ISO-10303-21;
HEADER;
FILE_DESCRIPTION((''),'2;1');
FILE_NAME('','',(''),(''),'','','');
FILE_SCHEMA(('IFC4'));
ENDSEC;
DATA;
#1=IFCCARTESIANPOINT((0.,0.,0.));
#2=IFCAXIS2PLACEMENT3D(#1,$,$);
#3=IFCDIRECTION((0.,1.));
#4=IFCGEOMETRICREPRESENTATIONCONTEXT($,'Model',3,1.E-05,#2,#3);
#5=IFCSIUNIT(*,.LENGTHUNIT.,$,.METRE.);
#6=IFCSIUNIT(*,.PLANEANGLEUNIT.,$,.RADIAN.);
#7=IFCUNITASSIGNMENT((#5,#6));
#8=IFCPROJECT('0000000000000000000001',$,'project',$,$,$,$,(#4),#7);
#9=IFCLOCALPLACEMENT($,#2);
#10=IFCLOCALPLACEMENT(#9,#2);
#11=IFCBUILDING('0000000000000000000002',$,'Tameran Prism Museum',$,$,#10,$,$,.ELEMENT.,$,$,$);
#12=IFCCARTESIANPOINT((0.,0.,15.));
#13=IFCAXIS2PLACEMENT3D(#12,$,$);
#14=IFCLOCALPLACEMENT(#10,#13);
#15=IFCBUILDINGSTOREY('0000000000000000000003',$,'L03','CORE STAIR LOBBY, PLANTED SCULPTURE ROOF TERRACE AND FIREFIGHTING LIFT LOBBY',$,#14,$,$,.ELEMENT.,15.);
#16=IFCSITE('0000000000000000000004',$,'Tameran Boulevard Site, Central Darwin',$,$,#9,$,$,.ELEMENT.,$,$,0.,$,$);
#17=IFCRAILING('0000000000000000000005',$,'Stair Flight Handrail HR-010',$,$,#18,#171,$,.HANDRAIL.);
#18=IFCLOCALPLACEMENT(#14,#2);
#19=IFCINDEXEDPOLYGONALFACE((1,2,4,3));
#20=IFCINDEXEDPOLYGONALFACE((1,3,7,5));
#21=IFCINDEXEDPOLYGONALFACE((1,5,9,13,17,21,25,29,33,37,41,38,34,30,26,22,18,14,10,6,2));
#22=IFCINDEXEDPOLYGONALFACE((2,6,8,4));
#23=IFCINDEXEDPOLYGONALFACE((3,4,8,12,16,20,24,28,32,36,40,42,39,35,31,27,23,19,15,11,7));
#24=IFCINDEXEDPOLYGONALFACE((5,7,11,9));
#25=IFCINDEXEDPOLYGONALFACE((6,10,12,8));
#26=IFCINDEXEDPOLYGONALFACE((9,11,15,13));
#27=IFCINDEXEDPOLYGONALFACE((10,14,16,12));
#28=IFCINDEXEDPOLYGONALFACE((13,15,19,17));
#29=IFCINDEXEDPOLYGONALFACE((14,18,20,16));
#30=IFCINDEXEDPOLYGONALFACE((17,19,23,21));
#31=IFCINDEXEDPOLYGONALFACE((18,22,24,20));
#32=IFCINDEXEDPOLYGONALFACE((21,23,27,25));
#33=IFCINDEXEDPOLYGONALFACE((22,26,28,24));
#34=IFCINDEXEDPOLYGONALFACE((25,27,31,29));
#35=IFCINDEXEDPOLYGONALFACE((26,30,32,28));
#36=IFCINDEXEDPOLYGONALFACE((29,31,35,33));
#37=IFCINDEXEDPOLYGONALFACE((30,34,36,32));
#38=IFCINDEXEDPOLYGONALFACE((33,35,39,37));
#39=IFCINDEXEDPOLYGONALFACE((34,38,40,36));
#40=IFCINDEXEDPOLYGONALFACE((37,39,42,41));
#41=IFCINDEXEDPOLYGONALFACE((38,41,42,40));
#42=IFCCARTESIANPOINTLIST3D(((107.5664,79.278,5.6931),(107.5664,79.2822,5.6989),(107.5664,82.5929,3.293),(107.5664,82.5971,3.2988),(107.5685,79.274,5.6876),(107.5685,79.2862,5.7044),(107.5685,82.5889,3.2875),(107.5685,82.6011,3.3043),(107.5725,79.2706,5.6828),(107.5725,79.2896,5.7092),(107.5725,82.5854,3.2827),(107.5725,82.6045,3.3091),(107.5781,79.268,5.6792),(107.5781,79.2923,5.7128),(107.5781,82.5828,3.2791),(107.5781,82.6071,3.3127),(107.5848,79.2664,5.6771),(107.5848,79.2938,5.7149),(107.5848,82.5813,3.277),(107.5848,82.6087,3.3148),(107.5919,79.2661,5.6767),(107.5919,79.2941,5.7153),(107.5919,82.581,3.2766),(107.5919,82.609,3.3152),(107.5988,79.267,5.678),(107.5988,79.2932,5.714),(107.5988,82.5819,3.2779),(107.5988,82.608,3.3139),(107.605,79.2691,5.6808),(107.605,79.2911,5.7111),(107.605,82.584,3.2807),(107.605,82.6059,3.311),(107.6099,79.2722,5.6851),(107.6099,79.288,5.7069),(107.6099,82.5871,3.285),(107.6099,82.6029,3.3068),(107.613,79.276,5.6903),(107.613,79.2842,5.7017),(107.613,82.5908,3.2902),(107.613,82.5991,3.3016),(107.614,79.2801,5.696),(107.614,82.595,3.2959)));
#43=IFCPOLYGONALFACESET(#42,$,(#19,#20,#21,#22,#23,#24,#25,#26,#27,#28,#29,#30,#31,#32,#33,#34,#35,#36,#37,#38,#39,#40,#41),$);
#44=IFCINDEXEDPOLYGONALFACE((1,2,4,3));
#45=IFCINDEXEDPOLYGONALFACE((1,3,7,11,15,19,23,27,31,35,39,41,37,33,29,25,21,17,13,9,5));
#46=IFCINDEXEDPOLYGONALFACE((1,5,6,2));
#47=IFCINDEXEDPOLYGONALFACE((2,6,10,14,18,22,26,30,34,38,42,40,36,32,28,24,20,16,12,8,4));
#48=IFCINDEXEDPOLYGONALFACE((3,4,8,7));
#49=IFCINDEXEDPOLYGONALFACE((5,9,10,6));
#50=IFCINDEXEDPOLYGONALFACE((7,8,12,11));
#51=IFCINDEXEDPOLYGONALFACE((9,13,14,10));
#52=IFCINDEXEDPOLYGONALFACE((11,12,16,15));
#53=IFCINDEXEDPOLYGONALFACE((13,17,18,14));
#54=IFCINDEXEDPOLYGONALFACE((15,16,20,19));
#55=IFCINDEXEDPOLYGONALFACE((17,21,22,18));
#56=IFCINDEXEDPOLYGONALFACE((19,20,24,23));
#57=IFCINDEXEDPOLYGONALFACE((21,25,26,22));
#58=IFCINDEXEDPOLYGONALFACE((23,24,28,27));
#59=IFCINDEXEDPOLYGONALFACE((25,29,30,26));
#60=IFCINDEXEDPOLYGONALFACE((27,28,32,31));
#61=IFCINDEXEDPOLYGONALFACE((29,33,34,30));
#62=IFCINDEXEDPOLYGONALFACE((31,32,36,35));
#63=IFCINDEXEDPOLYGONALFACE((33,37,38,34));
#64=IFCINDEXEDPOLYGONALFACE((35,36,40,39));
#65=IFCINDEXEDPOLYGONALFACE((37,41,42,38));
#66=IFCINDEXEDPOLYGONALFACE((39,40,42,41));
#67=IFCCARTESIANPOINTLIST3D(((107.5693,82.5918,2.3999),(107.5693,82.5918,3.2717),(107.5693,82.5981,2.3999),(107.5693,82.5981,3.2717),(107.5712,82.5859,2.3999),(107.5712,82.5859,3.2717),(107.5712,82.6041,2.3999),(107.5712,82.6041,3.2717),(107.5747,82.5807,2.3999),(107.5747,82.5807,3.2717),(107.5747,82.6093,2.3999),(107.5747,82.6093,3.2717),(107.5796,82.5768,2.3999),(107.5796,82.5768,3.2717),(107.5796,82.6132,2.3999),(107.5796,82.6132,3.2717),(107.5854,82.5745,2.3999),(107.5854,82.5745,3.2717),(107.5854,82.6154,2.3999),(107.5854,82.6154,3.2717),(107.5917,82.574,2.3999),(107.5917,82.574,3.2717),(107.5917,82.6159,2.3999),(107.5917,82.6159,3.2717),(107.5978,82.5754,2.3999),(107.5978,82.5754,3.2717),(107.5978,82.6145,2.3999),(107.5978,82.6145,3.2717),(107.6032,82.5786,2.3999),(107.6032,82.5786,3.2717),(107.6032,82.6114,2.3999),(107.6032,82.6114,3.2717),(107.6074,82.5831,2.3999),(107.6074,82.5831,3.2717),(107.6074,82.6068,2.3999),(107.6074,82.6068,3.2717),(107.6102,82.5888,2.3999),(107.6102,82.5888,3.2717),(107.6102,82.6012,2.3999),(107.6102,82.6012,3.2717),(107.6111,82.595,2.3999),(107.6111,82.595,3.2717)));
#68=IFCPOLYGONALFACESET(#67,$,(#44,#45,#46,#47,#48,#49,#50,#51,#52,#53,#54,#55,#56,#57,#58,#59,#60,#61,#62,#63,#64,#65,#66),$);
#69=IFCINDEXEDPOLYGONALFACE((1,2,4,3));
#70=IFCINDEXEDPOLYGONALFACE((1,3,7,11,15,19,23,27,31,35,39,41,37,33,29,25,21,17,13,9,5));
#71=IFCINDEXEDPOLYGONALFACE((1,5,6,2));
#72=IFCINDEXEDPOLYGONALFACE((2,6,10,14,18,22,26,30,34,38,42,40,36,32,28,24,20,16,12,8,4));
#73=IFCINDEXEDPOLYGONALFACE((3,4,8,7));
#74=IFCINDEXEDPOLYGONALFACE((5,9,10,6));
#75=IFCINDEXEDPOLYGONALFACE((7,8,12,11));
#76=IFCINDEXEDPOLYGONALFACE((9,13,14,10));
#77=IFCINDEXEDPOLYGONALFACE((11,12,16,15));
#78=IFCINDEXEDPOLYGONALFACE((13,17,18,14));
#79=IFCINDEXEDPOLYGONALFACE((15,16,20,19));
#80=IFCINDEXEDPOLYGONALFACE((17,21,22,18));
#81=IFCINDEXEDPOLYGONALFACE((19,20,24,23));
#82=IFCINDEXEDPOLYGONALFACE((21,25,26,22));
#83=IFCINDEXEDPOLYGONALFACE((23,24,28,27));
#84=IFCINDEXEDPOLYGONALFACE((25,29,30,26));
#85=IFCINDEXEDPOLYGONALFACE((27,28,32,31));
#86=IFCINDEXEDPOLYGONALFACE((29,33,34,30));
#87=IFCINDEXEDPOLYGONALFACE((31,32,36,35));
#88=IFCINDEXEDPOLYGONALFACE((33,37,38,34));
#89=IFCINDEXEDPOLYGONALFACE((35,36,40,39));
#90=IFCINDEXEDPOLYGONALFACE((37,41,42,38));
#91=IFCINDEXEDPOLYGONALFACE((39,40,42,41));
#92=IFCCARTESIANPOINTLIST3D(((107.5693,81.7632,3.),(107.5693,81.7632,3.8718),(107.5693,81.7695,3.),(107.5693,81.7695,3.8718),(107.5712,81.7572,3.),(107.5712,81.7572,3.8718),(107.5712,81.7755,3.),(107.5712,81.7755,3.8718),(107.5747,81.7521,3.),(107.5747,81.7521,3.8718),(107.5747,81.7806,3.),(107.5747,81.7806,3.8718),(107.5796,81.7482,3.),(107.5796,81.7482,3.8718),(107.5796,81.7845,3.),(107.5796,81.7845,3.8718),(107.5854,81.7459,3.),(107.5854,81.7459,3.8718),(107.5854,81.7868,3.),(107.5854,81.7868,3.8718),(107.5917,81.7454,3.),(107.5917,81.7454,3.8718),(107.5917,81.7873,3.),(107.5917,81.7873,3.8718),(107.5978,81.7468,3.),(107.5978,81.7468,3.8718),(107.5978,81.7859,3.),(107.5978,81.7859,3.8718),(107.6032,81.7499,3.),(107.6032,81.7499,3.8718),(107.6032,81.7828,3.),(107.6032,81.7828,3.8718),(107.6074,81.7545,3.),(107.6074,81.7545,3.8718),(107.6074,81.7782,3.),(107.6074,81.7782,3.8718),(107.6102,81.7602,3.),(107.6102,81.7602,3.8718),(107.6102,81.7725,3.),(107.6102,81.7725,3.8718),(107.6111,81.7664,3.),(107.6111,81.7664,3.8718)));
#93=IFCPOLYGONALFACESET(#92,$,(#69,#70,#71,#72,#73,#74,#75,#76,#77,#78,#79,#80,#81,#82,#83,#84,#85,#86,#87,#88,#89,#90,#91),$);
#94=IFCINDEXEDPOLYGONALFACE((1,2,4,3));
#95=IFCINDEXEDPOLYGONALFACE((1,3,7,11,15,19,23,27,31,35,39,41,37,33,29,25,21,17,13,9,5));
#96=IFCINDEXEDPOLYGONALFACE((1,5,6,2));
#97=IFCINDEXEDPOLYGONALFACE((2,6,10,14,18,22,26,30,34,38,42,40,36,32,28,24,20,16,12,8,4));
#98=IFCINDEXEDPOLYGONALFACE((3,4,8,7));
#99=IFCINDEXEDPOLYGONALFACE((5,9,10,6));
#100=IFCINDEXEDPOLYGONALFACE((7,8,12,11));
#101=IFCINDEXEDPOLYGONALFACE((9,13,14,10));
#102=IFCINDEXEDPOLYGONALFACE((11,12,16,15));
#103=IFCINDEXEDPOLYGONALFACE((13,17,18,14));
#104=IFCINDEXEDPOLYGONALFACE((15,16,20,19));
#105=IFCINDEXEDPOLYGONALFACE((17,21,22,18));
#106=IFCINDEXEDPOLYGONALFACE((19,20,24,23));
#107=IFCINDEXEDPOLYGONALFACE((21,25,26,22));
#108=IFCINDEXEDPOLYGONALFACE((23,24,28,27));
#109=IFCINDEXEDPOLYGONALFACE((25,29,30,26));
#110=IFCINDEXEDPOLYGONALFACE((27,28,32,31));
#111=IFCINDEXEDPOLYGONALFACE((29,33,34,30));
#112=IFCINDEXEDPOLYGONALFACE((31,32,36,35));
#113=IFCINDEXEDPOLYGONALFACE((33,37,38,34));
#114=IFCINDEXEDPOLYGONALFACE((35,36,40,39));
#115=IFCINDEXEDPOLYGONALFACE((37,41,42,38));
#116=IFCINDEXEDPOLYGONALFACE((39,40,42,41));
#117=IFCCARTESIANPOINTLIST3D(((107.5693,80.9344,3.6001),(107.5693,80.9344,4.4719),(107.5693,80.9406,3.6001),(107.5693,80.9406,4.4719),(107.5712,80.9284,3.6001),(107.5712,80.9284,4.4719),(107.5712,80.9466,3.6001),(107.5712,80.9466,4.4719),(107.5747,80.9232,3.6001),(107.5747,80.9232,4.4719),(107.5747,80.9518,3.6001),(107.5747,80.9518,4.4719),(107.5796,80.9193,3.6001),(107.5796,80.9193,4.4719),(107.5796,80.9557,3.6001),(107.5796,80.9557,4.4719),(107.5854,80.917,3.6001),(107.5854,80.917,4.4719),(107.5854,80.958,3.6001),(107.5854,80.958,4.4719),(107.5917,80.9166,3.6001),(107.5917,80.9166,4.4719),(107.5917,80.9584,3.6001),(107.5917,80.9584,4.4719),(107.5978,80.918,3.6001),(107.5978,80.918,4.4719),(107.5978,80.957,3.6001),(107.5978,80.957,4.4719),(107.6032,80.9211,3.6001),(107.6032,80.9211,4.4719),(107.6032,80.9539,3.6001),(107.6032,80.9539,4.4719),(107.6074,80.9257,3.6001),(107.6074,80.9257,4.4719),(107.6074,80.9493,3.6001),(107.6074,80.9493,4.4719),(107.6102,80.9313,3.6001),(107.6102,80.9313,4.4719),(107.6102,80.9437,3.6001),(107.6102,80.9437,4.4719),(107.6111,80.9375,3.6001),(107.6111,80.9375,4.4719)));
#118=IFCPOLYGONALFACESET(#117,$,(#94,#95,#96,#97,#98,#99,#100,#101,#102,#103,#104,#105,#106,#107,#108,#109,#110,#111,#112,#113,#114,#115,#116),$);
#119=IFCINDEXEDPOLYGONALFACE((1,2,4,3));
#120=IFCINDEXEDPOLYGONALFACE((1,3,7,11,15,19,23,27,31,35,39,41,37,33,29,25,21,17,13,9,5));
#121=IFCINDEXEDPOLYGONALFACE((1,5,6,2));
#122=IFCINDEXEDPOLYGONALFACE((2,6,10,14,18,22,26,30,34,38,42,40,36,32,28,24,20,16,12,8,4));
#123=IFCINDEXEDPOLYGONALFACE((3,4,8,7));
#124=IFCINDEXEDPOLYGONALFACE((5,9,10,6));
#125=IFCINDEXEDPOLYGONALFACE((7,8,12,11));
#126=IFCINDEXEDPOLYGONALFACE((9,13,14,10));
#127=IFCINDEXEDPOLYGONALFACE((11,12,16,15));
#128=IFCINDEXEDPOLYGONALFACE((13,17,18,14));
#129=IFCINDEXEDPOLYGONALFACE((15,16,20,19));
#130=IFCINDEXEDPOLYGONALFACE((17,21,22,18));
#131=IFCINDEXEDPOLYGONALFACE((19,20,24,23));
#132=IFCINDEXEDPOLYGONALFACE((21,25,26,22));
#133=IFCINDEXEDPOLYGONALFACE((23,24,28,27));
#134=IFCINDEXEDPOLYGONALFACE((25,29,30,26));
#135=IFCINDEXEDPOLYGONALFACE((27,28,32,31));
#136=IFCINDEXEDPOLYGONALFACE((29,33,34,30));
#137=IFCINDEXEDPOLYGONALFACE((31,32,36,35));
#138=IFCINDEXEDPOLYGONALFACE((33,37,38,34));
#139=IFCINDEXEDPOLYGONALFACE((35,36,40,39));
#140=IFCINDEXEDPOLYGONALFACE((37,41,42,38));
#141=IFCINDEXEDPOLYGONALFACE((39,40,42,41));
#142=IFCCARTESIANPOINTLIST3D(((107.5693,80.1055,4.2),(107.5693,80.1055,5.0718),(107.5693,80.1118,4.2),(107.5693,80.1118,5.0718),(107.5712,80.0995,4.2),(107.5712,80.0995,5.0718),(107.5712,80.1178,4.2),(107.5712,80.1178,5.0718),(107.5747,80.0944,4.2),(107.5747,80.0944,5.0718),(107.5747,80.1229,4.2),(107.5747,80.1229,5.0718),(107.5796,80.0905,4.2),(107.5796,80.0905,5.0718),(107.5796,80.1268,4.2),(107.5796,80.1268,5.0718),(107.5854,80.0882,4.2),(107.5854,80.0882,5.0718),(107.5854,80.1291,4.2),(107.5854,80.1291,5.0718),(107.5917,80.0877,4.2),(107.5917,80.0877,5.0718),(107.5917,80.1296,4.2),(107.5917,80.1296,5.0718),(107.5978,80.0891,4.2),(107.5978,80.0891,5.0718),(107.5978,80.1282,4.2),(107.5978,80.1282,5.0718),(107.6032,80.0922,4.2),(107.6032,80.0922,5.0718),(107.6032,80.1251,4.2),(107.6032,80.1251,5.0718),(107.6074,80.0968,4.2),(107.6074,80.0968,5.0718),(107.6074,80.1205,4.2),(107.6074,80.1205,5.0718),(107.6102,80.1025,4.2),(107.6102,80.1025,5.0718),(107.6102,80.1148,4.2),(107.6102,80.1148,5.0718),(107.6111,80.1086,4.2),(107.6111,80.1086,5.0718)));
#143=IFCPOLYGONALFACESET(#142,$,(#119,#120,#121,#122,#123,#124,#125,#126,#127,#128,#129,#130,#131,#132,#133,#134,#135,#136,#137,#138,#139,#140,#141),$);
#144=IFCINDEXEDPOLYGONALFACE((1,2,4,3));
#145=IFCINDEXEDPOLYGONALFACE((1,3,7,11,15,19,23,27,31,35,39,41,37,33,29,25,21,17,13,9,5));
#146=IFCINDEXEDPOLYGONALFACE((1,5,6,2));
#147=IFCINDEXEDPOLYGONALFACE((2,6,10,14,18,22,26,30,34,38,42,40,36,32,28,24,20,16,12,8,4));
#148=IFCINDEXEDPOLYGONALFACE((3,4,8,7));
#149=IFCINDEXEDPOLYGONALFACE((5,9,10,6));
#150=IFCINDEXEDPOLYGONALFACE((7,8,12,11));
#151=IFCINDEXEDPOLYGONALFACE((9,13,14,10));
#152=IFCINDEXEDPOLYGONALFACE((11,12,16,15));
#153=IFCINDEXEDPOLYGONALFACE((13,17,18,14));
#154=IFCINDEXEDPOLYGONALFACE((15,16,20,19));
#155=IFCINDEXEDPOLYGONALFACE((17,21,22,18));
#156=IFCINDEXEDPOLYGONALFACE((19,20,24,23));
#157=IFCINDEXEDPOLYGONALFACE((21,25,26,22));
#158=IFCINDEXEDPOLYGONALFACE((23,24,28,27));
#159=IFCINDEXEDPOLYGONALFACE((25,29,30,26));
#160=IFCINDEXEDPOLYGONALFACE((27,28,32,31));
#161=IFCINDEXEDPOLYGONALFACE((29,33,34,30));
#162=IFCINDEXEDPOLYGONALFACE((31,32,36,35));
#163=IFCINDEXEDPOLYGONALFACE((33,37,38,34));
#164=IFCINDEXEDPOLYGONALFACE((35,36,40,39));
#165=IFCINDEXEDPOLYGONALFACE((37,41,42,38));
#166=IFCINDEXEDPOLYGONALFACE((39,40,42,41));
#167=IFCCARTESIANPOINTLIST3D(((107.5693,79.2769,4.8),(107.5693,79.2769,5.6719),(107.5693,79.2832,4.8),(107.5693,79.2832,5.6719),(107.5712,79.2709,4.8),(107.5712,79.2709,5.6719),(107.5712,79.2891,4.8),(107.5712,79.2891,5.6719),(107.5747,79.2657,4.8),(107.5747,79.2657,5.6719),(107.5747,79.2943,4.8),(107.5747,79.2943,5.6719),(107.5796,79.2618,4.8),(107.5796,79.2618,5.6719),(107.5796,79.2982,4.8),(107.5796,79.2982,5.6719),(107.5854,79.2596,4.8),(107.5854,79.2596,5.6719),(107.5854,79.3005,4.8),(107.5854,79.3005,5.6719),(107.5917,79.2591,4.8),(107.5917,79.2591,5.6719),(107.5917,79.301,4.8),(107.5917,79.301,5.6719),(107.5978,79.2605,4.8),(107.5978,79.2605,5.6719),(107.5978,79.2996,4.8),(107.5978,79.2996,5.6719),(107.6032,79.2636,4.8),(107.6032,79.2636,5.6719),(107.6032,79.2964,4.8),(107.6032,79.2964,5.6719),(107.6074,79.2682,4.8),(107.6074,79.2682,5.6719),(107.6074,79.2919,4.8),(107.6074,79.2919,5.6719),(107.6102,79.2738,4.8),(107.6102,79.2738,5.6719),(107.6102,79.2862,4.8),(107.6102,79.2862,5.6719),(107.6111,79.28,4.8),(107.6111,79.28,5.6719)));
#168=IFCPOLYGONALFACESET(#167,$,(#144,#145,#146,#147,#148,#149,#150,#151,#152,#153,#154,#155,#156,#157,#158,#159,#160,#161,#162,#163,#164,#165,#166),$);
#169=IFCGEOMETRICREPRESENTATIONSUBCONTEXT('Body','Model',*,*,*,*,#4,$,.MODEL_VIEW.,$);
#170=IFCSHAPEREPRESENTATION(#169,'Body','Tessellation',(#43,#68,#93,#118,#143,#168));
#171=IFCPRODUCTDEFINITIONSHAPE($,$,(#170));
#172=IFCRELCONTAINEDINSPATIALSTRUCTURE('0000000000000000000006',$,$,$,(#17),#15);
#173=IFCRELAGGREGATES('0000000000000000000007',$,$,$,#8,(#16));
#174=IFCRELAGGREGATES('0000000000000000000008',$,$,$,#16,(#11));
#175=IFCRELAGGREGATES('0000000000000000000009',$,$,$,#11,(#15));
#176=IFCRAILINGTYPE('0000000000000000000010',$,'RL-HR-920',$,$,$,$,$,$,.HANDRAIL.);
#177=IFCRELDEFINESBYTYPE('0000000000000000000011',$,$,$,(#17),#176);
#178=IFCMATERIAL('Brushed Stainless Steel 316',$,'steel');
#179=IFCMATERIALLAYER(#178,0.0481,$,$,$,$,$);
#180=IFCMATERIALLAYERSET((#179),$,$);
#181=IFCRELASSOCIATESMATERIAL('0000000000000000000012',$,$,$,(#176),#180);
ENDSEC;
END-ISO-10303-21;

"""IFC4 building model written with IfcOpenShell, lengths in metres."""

from ifc_helpers import new_model, si_unit, direction, frame, origin, origin_2d, place, context, subcontext, project, spatial, circle, extrude, material, layer, layer_set, type_object, element, save


model = new_model("IFC4")

# Units and contexts
model_context = context("Model", 3, precision=1e-05, world=origin(), true_north=direction((0.0, 1.0)))
body_context = subcontext(model_context, "Body", "Model", "MODEL_VIEW")
ifc_project = project(units=[si_unit("LENGTHUNIT", "METRE"), si_unit("PLANEANGLEUNIT", "RADIAN")], contexts=[model_context])

# Site, building, storey
site_placement = place(None, origin())
site = spatial("IfcSite", under=ifc_project, at=site_placement, Name="Tameran Boulevard Site, Central Darwin", CompositionType="ELEMENT", RefElevation=0.0)
building_placement = place(site_placement, origin())
building = spatial("IfcBuilding", under=site, at=building_placement, Name="Tameran Prism Museum", CompositionType="ELEMENT")
storey_placement = place(building_placement, frame((0.0, 0.0, 15.0)))
storey = spatial("IfcBuildingStorey", under=building, at=storey_placement, Name="L03", Description="CORE STAIR LOBBY, PLANTED SCULPTURE ROOF TERRACE AND FIREFIGHTING LIFT LOBBY", CompositionType="ELEMENT", Elevation=15.0)

# Railing
ifc_material_1 = material(Name="Brushed Stainless Steel 316", Category="steel")
ifc_layer_1 = layer(ifc_material_1, 0.0481)
ifc_layer_set_1 = layer_set([ifc_layer_1])
railing_type_1 = type_object("IfcRailingType", Name="RL-HR-920", PredefinedType="HANDRAIL", material=ifc_layer_set_1)
railing_1_placement = place(storey_placement, frame((107.5901, 82.595, 2.3999)))
element("IfcRailing", 1, at=railing_1_placement, inside=storey, type_object=railing_type_1, Name="Stair Flight Handrail HR-010", PredefinedType="HANDRAIL", context=body_context, shape_type="SweptSolid", body=[
    extrude(circle(Radius=0.0239, at=origin_2d()), frame((0.0, 0.0, 0.896), z_axis=(0.0, -0.80998, 0.586457), x_axis=(1.0, 0.0, 0.0)), (0.0, 0.0, 1.0), 4.0925),
    extrude(circle(Radius=0.021, at=origin_2d()), origin(), (0.0, 0.0, 1.0), 0.8718),
    extrude(circle(Radius=0.021, at=origin_2d()), frame((0.0, -0.8286, 0.6001)), (0.0, 0.0, 1.0), 0.8718),
    extrude(circle(Radius=0.021, at=origin_2d()), frame((0.0, -1.6575, 1.2002)), (0.0, 0.0, 1.0), 0.8718),
    extrude(circle(Radius=0.021, at=origin_2d()), frame((0.0, -2.4863, 1.8)), (0.0, 0.0, 1.0), 0.8718),
    extrude(circle(Radius=0.021, at=origin_2d()), frame((0.0, -3.3149, 2.4001)), (0.0, 0.0, 1.0), 0.8718),
])

save(model, "model.ifc")
